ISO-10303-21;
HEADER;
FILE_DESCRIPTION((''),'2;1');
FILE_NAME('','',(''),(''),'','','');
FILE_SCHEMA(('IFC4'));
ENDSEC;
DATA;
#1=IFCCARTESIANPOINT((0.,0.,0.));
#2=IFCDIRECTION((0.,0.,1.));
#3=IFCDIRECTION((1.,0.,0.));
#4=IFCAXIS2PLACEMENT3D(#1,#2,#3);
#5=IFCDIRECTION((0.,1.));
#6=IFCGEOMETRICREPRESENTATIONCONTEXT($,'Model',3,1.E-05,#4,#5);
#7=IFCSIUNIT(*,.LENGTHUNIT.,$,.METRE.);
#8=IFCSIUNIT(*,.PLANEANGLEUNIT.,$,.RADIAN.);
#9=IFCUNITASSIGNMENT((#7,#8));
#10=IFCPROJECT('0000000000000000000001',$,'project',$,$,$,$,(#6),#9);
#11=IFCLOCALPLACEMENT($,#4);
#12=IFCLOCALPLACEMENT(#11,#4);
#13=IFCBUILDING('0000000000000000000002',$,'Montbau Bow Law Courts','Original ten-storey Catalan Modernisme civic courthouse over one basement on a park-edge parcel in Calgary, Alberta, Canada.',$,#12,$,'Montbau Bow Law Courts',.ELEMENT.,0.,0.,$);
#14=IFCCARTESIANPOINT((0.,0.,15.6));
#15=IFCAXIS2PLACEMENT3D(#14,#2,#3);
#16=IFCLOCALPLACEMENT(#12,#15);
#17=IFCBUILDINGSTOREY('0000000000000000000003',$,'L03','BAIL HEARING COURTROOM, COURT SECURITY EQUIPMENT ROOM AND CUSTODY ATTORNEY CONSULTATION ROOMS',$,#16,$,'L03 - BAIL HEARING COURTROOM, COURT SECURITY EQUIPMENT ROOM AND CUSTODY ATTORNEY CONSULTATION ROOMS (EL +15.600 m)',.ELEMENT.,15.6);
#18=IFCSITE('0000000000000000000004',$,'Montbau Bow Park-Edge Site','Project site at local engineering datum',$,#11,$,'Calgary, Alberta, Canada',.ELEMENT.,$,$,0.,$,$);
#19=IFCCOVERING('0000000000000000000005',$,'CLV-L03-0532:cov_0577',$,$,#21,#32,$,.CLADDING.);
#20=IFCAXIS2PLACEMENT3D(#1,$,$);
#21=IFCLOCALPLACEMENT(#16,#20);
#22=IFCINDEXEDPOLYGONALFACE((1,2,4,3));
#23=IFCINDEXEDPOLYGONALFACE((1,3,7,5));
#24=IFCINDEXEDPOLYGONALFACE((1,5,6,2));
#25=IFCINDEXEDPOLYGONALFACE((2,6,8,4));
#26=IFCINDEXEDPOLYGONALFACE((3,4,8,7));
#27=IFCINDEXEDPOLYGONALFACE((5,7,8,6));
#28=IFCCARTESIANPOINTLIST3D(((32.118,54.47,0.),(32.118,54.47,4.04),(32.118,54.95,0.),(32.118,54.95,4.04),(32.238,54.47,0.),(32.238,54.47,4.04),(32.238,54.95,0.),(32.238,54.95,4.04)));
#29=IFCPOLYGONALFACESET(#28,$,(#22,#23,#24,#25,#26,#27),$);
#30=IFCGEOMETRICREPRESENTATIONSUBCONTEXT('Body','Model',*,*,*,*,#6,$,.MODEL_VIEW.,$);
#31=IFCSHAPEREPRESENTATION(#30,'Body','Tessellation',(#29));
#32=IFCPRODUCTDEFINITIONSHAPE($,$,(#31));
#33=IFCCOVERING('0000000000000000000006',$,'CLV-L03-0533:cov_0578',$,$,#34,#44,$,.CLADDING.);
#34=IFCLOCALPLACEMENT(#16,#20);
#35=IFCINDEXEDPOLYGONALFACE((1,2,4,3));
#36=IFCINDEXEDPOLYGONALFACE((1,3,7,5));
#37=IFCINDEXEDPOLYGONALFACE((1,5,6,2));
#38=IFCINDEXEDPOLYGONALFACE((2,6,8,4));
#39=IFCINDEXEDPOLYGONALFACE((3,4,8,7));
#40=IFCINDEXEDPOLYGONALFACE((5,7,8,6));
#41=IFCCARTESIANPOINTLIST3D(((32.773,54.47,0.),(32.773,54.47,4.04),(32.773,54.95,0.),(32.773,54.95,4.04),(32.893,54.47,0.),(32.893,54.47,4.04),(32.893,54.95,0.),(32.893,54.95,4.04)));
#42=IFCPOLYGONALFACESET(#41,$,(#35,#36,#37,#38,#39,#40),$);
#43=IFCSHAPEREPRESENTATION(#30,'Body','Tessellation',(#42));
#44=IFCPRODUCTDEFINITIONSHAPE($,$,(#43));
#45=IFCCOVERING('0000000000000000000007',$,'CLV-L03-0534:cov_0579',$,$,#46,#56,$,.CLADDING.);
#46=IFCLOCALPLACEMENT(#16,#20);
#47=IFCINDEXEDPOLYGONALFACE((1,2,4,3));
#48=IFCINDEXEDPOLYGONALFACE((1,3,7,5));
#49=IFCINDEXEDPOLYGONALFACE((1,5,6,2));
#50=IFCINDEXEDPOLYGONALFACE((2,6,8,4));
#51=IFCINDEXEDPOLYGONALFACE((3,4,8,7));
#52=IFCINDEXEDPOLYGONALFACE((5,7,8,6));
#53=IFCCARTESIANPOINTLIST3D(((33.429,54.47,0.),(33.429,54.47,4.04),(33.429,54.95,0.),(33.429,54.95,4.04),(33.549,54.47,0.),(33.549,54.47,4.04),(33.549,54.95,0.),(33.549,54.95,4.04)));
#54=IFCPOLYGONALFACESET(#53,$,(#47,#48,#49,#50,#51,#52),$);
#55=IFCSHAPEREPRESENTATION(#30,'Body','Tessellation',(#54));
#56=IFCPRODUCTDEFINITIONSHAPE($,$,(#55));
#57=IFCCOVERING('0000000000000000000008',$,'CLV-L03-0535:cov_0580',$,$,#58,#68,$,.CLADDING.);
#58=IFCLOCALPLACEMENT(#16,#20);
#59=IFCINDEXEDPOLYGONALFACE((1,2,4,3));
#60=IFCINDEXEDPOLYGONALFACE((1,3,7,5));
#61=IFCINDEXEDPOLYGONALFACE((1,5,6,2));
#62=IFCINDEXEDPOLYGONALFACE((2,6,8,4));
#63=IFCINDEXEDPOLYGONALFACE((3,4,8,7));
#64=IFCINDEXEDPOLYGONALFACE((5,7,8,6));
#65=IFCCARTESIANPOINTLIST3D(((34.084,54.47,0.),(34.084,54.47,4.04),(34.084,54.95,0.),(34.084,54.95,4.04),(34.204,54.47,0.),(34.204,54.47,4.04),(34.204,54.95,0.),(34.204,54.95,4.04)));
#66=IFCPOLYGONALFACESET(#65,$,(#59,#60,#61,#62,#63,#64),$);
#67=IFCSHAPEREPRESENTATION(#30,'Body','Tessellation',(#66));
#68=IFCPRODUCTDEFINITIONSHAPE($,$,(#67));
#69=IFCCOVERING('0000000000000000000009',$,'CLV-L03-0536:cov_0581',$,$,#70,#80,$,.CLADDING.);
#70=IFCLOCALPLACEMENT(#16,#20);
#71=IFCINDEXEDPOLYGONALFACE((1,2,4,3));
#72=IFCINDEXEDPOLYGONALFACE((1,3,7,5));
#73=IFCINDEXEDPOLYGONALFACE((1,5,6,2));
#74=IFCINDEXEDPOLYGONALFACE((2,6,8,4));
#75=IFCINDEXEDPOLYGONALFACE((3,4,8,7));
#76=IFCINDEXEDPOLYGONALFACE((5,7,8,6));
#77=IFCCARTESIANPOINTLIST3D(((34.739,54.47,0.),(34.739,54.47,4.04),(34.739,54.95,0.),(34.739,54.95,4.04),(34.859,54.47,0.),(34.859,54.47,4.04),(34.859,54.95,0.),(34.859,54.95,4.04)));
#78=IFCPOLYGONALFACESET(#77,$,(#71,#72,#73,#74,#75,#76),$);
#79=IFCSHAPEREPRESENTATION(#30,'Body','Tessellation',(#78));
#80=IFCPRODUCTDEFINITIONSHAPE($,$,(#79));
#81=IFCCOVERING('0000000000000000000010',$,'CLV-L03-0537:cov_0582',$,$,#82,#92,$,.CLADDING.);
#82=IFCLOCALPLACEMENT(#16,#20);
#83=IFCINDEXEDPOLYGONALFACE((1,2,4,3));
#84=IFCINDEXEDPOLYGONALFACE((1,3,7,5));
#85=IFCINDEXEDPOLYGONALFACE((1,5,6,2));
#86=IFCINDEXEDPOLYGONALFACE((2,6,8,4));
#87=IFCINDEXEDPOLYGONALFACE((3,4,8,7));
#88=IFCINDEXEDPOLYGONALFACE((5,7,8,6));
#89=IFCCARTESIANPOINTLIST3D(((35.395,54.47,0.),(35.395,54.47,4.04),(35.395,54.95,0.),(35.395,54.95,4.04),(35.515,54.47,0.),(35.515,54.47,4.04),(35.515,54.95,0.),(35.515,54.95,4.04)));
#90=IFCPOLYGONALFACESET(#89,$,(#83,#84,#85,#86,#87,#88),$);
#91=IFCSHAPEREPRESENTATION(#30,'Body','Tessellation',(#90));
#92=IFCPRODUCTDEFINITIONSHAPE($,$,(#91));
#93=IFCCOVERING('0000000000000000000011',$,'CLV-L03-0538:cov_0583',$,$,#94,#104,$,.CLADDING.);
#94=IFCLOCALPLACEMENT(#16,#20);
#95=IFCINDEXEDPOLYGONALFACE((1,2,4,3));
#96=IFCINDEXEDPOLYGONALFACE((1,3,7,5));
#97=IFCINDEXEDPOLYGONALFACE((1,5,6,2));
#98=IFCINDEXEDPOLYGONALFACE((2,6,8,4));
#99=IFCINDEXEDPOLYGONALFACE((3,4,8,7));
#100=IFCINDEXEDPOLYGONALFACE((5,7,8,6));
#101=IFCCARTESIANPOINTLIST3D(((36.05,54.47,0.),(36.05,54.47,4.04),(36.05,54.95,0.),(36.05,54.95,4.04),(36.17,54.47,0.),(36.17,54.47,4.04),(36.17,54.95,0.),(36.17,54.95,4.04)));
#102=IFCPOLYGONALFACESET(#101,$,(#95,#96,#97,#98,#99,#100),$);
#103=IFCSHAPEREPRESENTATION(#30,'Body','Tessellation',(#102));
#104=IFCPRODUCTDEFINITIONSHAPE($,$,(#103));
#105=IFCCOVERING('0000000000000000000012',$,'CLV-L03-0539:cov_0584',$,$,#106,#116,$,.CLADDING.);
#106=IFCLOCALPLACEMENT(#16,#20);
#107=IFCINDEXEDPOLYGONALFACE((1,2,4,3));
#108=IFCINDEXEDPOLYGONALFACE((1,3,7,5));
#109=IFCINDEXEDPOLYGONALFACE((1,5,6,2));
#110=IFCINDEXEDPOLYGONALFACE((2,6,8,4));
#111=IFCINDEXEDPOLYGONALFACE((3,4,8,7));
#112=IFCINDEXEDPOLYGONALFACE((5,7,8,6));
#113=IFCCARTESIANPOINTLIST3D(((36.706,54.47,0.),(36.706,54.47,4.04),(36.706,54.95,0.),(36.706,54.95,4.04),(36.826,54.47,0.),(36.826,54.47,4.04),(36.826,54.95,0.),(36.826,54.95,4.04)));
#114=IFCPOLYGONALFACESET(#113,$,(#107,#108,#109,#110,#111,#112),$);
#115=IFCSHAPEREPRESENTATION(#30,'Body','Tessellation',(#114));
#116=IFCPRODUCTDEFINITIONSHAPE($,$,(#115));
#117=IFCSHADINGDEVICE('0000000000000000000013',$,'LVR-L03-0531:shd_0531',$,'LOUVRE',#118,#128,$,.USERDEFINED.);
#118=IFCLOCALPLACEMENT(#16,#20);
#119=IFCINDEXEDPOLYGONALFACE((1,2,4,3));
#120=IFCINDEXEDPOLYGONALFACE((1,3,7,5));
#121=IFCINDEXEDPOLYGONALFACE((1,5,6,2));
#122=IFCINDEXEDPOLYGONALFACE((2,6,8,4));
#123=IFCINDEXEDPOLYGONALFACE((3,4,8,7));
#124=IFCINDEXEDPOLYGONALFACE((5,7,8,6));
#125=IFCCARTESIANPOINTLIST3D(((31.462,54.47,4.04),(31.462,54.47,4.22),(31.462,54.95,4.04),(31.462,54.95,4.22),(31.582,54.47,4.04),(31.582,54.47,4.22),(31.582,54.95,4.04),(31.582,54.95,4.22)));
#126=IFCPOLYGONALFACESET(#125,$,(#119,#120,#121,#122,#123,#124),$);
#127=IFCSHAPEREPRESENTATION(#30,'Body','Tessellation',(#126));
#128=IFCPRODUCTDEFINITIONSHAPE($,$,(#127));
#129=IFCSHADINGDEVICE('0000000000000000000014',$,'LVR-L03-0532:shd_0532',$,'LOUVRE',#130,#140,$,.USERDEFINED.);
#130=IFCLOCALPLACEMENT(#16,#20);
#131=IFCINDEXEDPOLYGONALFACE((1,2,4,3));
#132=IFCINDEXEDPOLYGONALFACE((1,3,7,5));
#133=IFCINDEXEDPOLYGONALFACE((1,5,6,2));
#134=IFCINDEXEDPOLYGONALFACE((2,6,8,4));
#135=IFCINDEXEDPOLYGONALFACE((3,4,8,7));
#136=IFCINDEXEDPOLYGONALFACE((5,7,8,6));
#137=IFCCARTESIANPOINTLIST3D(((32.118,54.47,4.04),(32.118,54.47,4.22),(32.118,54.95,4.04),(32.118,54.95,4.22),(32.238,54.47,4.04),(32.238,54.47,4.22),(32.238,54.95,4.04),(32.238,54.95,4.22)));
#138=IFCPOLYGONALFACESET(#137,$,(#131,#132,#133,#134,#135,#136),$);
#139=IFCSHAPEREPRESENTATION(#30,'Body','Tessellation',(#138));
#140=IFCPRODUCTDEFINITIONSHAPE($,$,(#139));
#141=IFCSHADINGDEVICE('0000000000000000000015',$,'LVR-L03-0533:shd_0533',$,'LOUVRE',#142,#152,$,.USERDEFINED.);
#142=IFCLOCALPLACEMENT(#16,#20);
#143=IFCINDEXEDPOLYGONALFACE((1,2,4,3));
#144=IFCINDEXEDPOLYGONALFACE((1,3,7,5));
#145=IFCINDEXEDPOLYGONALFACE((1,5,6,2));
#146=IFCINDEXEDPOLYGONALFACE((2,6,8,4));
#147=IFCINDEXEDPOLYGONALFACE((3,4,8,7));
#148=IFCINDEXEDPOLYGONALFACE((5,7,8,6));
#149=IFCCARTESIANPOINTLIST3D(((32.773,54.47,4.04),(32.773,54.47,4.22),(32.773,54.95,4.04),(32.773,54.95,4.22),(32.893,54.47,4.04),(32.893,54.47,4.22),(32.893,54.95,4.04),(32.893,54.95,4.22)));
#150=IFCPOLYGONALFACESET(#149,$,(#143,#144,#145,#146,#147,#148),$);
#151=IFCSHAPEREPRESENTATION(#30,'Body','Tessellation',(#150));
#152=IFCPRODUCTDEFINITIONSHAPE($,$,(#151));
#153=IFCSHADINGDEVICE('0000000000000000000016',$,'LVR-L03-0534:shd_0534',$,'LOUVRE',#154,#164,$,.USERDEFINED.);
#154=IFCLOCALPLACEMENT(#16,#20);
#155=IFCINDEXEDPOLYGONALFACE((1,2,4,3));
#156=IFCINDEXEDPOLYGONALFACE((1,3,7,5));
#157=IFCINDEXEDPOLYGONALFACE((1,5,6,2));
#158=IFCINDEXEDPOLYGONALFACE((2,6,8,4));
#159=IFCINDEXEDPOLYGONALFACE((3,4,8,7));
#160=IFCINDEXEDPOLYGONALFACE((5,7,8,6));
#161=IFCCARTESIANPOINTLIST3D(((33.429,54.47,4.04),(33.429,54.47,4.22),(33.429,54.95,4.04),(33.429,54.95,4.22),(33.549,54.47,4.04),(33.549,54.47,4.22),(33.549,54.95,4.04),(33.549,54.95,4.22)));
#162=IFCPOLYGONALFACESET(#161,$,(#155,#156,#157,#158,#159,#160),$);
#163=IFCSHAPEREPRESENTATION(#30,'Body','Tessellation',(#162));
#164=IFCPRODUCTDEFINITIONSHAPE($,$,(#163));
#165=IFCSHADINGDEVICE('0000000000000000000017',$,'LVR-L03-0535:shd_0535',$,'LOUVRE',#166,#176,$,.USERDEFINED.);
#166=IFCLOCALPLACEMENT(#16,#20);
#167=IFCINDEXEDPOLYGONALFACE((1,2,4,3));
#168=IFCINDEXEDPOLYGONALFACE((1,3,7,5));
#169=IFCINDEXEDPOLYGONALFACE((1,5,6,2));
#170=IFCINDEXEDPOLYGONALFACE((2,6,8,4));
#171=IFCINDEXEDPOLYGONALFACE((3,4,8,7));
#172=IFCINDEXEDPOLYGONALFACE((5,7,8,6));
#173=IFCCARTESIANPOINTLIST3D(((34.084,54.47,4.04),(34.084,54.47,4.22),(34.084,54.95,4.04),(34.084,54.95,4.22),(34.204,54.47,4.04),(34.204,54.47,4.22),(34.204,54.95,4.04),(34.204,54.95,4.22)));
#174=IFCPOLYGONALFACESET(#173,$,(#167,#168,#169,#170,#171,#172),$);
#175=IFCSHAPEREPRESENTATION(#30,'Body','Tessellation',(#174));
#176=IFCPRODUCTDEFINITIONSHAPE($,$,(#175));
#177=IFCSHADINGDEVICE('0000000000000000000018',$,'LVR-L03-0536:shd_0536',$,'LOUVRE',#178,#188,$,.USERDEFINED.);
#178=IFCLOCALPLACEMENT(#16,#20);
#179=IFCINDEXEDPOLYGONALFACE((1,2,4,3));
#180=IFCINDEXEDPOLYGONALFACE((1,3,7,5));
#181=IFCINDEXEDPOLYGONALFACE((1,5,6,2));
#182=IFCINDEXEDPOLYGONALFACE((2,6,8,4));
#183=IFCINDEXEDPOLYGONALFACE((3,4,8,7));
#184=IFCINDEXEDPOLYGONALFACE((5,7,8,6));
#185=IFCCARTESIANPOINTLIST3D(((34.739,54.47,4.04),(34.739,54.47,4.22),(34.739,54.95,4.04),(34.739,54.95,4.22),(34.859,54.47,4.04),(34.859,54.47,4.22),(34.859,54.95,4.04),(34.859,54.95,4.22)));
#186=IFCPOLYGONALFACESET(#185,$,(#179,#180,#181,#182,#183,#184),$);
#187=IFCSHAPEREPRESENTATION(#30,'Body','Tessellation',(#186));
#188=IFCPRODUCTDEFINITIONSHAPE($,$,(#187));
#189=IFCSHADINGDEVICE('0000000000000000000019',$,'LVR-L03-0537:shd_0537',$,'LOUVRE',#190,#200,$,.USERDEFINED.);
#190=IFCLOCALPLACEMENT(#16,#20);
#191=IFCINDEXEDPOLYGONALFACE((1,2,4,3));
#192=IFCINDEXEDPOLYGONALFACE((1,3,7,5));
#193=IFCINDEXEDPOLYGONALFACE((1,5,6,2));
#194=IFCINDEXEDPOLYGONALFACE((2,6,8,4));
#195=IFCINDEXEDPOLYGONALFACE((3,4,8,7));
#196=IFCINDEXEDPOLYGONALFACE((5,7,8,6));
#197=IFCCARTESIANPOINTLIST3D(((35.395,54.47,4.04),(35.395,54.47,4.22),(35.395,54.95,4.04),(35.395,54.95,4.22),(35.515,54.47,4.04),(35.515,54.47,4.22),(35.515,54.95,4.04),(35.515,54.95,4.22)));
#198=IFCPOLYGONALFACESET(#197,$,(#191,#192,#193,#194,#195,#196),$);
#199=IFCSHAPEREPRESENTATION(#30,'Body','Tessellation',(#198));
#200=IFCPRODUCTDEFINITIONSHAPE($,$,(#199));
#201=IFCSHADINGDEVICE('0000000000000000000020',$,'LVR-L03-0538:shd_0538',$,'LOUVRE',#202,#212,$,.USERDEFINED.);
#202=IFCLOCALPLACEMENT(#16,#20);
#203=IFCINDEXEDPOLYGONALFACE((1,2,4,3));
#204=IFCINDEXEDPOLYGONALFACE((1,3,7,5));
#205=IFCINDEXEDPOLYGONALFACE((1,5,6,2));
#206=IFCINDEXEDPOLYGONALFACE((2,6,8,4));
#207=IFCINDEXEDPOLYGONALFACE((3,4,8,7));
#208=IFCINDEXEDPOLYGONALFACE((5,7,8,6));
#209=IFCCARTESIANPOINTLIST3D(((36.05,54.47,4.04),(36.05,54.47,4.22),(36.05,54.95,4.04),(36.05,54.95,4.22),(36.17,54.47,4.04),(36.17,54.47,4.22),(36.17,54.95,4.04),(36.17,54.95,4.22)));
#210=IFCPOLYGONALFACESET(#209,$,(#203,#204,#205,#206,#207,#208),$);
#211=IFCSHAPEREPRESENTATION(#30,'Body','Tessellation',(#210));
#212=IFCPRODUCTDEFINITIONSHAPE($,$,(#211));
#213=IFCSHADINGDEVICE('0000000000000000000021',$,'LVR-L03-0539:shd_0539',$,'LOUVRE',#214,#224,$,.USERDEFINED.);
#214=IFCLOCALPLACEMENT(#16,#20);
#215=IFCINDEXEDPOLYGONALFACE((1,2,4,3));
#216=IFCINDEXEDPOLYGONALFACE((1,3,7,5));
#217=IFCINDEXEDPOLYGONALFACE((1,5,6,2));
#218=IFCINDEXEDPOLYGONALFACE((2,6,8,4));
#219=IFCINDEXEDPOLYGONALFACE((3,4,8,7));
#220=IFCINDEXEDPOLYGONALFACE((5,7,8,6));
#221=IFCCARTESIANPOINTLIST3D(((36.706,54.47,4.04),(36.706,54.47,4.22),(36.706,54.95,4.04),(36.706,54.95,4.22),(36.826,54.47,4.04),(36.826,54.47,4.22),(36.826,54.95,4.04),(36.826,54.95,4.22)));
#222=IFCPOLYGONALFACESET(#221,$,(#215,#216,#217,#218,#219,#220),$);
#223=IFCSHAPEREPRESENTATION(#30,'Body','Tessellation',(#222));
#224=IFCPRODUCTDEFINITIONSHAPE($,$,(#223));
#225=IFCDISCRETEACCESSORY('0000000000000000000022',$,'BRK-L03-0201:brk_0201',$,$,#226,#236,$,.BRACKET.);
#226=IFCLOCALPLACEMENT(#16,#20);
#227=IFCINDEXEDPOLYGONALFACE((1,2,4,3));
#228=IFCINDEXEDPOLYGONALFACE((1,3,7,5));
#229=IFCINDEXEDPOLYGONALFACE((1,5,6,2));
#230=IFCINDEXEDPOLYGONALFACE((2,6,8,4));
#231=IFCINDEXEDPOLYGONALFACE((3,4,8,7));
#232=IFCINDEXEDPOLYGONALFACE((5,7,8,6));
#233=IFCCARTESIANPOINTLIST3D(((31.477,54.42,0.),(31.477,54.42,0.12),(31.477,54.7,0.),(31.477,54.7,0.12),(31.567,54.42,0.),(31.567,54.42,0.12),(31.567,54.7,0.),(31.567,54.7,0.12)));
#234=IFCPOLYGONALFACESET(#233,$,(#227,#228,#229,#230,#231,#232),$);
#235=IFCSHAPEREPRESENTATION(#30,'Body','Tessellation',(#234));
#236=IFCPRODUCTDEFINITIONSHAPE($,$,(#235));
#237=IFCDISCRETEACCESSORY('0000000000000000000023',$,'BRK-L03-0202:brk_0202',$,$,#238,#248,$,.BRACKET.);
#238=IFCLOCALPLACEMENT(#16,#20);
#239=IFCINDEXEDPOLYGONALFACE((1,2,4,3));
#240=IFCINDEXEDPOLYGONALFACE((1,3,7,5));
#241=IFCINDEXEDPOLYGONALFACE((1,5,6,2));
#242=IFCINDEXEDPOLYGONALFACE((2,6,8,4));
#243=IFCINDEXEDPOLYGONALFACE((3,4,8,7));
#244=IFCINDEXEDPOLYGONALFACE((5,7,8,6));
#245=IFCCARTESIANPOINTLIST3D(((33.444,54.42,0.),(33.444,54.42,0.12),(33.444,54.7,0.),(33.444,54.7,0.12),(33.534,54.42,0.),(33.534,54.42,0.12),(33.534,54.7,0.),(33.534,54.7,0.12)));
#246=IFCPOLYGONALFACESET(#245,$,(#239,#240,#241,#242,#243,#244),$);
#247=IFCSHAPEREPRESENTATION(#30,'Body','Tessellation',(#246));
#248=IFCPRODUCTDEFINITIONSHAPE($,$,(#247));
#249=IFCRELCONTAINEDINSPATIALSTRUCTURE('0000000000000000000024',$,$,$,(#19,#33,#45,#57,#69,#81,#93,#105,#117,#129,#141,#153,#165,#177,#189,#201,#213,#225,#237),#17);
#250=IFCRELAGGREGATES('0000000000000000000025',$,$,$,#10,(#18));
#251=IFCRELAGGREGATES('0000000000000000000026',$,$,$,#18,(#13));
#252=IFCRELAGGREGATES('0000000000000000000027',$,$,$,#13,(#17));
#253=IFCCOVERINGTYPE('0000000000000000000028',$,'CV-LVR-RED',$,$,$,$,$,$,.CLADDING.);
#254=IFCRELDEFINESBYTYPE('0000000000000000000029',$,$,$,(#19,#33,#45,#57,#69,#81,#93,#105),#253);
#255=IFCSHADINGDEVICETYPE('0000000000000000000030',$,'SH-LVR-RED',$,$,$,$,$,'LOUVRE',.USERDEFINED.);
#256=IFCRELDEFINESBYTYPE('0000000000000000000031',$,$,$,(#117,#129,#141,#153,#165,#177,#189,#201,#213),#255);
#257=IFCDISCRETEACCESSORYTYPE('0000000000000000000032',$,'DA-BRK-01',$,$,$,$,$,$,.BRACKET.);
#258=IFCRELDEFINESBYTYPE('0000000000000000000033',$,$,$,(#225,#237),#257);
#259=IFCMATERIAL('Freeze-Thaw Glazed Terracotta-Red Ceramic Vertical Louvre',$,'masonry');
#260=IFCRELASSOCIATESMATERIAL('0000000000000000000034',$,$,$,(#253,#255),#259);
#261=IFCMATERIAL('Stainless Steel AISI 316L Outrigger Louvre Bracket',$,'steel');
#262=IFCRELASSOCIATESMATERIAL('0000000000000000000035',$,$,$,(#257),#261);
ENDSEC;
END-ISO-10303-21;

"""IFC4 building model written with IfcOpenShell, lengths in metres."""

from ifc_helpers import new_model, si_unit, direction, frame, frame_2d, origin_with_axes, origin_2d_with_axis, place, context, subcontext, project, spatial, rectangle, extrude, material, type_object, element, save


model = new_model("IFC4")

# Units and contexts
model_context = context("Model", 3, precision=1e-05, world=origin_with_axes(), true_north=direction((0.0, 1.0)))
body_context = subcontext(model_context, "Body", "Model", "MODEL_VIEW")
ifc_project = project(units=[si_unit("LENGTHUNIT", "METRE"), si_unit("PLANEANGLEUNIT", "RADIAN")], contexts=[model_context])

# Site, building, storey
site_placement = place(None, origin_with_axes())
site = spatial("IfcSite", under=ifc_project, at=site_placement, Name="Montbau Bow Park-Edge Site", Description="Project site at local engineering datum", LongName="Calgary, Alberta, Canada", CompositionType="ELEMENT", RefElevation=0.0)
building_placement = place(site_placement, origin_with_axes())
building = spatial("IfcBuilding", under=site, at=building_placement, Name="Montbau Bow Law Courts", Description="Original ten-storey Catalan Modernisme civic courthouse over one basement on a park-edge parcel in Calgary, Alberta, Canada.", LongName="Montbau Bow Law Courts", CompositionType="ELEMENT", ElevationOfRefHeight=0.0, ElevationOfTerrain=0.0)
storey_placement = place(building_placement, frame((0.0, 0.0, 15.6), z_axis=(0.0, 0.0, 1.0), x_axis=(1.0, 0.0, 0.0)))
storey = spatial("IfcBuildingStorey", under=building, at=storey_placement, Name="L03", Description="BAIL HEARING COURTROOM, COURT SECURITY EQUIPMENT ROOM AND CUSTODY ATTORNEY CONSULTATION ROOMS", LongName="L03 - BAIL HEARING COURTROOM, COURT SECURITY EQUIPMENT ROOM AND CUSTODY ATTORNEY CONSULTATION ROOMS (EL +15.600 m)", CompositionType="ELEMENT", Elevation=15.6)

# Coverings
ifc_material_1 = material(Name="Freeze-Thaw Glazed Terracotta-Red Ceramic Vertical Louvre", Category="masonry")
covering_type = type_object("IfcCoveringType", Name="CV-LVR-RED", PredefinedType="CLADDING", material=ifc_material_1)
for number, where, z_axis, x_axis, name in (
    (1, (32.178, 54.47, 15.6), (1.0, 0.0, 0.0), (0.0, 1.0, 0.0), "CLV-L03-0532:cov_0577"),
    (2, (32.833, 54.47, 15.6), (1.0, 0.0, 0.0), (0.0, 1.0, 0.0), "CLV-L03-0533:cov_0578"),
    (3, (33.489, 54.47, 15.6), (1.0, 0.0, 0.0), (0.0, 1.0, 0.0), "CLV-L03-0534:cov_0579"),
    (4, (34.144, 54.47, 15.6), (1.0, 0.0, 0.0), (0.0, 1.0, 0.0), "CLV-L03-0535:cov_0580"),
    (5, (34.799, 54.47, 15.6), (1.0, 0.0, 0.0), (0.0, 1.0, 0.0), "CLV-L03-0536:cov_0581"),
    (6, (35.455, 54.47, 15.6), (1.0, 0.0, 0.0), (0.0, 1.0, 0.0), "CLV-L03-0537:cov_0582"),
    (7, (36.11, 54.47, 15.6), (1.0, 0.0, 0.0), (0.0, 1.0, 0.0), "CLV-L03-0538:cov_0583"),
    (8, (36.766, 54.47, 15.6), (1.0, 0.0, 0.0), (0.0, 1.0, 0.0), "CLV-L03-0539:cov_0584"),
):
    element("IfcCovering", number, at=place(None, frame(where, z_axis=z_axis, x_axis=x_axis)), inside=storey, type_object=covering_type, Name=name, PredefinedType="CLADDING", context=body_context, shape_type="SweptSolid", body=[
        extrude(rectangle(XDim=0.48, YDim=4.04, at=frame_2d((0.24, 2.02), x_axis=(1.0, 0.0))), frame((0.0, 0.0, -0.06), z_axis=(0.0, 0.0, 1.0), x_axis=(1.0, 0.0, 0.0)), (0.0, 0.0, 1.0), 0.12),
    ])

# Shading devices
shading_device_type = type_object("IfcShadingDeviceType", Name="SH-LVR-RED", ElementType="LOUVRE", PredefinedType="USERDEFINED", material=ifc_material_1)
for number, where, z_axis, x_axis, name in (
    (9, (31.522, 54.71, 19.64), (0.0, 0.0, 1.0), (0.0, 1.0, 0.0), "LVR-L03-0531:shd_0531"),
    (10, (32.178, 54.71, 19.64), (0.0, 0.0, 1.0), (0.0, 1.0, 0.0), "LVR-L03-0532:shd_0532"),
    (11, (32.833, 54.71, 19.64), (0.0, 0.0, 1.0), (0.0, 1.0, 0.0), "LVR-L03-0533:shd_0533"),
    (12, (33.489, 54.71, 19.64), (0.0, 0.0, 1.0), (0.0, 1.0, 0.0), "LVR-L03-0534:shd_0534"),
    (13, (34.144, 54.71, 19.64), (0.0, 0.0, 1.0), (0.0, 1.0, 0.0), "LVR-L03-0535:shd_0535"),
    (14, (34.799, 54.71, 19.64), (0.0, 0.0, 1.0), (0.0, 1.0, 0.0), "LVR-L03-0536:shd_0536"),
    (15, (35.455, 54.71, 19.64), (0.0, 0.0, 1.0), (0.0, 1.0, 0.0), "LVR-L03-0537:shd_0537"),
    (16, (36.11, 54.71, 19.64), (0.0, 0.0, 1.0), (0.0, 1.0, 0.0), "LVR-L03-0538:shd_0538"),
    (17, (36.766, 54.71, 19.64), (0.0, 0.0, 1.0), (0.0, 1.0, 0.0), "LVR-L03-0539:shd_0539"),
):
    element("IfcShadingDevice", number, at=place(None, frame(where, z_axis=z_axis, x_axis=x_axis)), inside=storey, type_object=shading_device_type, Name=name, ObjectType="LOUVRE", PredefinedType="USERDEFINED", context=body_context, shape_type="SweptSolid", body=[
        extrude(rectangle(XDim=0.48, YDim=0.12, at=origin_2d_with_axis()), origin_with_axes(), (0.0, 0.0, 1.0), 0.18),
    ])

# Discrete accessories
ifc_material_2 = material(Name="Stainless Steel AISI 316L Outrigger Louvre Bracket", Category="steel")
discrete_accessory_type = type_object("IfcDiscreteAccessoryType", Name="DA-BRK-01", PredefinedType="BRACKET", material=ifc_material_2)
for number, where, z_axis, x_axis, name in (
    (18, (31.522, 54.56, 15.6), (0.0, 0.0, 1.0), (0.0, 1.0, 0.0), "BRK-L03-0201:brk_0201"),
    (19, (33.489, 54.56, 15.6), (0.0, 0.0, 1.0), (0.0, 1.0, 0.0), "BRK-L03-0202:brk_0202"),
):
    element("IfcDiscreteAccessory", number, at=place(None, frame(where, z_axis=z_axis, x_axis=x_axis)), inside=storey, type_object=discrete_accessory_type, Name=name, PredefinedType="BRACKET", context=body_context, shape_type="SweptSolid", body=[
        extrude(rectangle(XDim=0.28, YDim=0.09, at=origin_2d_with_axis()), origin_with_axes(), (0.0, 0.0, 1.0), 0.12),
    ])

save(model, "model.ifc")
